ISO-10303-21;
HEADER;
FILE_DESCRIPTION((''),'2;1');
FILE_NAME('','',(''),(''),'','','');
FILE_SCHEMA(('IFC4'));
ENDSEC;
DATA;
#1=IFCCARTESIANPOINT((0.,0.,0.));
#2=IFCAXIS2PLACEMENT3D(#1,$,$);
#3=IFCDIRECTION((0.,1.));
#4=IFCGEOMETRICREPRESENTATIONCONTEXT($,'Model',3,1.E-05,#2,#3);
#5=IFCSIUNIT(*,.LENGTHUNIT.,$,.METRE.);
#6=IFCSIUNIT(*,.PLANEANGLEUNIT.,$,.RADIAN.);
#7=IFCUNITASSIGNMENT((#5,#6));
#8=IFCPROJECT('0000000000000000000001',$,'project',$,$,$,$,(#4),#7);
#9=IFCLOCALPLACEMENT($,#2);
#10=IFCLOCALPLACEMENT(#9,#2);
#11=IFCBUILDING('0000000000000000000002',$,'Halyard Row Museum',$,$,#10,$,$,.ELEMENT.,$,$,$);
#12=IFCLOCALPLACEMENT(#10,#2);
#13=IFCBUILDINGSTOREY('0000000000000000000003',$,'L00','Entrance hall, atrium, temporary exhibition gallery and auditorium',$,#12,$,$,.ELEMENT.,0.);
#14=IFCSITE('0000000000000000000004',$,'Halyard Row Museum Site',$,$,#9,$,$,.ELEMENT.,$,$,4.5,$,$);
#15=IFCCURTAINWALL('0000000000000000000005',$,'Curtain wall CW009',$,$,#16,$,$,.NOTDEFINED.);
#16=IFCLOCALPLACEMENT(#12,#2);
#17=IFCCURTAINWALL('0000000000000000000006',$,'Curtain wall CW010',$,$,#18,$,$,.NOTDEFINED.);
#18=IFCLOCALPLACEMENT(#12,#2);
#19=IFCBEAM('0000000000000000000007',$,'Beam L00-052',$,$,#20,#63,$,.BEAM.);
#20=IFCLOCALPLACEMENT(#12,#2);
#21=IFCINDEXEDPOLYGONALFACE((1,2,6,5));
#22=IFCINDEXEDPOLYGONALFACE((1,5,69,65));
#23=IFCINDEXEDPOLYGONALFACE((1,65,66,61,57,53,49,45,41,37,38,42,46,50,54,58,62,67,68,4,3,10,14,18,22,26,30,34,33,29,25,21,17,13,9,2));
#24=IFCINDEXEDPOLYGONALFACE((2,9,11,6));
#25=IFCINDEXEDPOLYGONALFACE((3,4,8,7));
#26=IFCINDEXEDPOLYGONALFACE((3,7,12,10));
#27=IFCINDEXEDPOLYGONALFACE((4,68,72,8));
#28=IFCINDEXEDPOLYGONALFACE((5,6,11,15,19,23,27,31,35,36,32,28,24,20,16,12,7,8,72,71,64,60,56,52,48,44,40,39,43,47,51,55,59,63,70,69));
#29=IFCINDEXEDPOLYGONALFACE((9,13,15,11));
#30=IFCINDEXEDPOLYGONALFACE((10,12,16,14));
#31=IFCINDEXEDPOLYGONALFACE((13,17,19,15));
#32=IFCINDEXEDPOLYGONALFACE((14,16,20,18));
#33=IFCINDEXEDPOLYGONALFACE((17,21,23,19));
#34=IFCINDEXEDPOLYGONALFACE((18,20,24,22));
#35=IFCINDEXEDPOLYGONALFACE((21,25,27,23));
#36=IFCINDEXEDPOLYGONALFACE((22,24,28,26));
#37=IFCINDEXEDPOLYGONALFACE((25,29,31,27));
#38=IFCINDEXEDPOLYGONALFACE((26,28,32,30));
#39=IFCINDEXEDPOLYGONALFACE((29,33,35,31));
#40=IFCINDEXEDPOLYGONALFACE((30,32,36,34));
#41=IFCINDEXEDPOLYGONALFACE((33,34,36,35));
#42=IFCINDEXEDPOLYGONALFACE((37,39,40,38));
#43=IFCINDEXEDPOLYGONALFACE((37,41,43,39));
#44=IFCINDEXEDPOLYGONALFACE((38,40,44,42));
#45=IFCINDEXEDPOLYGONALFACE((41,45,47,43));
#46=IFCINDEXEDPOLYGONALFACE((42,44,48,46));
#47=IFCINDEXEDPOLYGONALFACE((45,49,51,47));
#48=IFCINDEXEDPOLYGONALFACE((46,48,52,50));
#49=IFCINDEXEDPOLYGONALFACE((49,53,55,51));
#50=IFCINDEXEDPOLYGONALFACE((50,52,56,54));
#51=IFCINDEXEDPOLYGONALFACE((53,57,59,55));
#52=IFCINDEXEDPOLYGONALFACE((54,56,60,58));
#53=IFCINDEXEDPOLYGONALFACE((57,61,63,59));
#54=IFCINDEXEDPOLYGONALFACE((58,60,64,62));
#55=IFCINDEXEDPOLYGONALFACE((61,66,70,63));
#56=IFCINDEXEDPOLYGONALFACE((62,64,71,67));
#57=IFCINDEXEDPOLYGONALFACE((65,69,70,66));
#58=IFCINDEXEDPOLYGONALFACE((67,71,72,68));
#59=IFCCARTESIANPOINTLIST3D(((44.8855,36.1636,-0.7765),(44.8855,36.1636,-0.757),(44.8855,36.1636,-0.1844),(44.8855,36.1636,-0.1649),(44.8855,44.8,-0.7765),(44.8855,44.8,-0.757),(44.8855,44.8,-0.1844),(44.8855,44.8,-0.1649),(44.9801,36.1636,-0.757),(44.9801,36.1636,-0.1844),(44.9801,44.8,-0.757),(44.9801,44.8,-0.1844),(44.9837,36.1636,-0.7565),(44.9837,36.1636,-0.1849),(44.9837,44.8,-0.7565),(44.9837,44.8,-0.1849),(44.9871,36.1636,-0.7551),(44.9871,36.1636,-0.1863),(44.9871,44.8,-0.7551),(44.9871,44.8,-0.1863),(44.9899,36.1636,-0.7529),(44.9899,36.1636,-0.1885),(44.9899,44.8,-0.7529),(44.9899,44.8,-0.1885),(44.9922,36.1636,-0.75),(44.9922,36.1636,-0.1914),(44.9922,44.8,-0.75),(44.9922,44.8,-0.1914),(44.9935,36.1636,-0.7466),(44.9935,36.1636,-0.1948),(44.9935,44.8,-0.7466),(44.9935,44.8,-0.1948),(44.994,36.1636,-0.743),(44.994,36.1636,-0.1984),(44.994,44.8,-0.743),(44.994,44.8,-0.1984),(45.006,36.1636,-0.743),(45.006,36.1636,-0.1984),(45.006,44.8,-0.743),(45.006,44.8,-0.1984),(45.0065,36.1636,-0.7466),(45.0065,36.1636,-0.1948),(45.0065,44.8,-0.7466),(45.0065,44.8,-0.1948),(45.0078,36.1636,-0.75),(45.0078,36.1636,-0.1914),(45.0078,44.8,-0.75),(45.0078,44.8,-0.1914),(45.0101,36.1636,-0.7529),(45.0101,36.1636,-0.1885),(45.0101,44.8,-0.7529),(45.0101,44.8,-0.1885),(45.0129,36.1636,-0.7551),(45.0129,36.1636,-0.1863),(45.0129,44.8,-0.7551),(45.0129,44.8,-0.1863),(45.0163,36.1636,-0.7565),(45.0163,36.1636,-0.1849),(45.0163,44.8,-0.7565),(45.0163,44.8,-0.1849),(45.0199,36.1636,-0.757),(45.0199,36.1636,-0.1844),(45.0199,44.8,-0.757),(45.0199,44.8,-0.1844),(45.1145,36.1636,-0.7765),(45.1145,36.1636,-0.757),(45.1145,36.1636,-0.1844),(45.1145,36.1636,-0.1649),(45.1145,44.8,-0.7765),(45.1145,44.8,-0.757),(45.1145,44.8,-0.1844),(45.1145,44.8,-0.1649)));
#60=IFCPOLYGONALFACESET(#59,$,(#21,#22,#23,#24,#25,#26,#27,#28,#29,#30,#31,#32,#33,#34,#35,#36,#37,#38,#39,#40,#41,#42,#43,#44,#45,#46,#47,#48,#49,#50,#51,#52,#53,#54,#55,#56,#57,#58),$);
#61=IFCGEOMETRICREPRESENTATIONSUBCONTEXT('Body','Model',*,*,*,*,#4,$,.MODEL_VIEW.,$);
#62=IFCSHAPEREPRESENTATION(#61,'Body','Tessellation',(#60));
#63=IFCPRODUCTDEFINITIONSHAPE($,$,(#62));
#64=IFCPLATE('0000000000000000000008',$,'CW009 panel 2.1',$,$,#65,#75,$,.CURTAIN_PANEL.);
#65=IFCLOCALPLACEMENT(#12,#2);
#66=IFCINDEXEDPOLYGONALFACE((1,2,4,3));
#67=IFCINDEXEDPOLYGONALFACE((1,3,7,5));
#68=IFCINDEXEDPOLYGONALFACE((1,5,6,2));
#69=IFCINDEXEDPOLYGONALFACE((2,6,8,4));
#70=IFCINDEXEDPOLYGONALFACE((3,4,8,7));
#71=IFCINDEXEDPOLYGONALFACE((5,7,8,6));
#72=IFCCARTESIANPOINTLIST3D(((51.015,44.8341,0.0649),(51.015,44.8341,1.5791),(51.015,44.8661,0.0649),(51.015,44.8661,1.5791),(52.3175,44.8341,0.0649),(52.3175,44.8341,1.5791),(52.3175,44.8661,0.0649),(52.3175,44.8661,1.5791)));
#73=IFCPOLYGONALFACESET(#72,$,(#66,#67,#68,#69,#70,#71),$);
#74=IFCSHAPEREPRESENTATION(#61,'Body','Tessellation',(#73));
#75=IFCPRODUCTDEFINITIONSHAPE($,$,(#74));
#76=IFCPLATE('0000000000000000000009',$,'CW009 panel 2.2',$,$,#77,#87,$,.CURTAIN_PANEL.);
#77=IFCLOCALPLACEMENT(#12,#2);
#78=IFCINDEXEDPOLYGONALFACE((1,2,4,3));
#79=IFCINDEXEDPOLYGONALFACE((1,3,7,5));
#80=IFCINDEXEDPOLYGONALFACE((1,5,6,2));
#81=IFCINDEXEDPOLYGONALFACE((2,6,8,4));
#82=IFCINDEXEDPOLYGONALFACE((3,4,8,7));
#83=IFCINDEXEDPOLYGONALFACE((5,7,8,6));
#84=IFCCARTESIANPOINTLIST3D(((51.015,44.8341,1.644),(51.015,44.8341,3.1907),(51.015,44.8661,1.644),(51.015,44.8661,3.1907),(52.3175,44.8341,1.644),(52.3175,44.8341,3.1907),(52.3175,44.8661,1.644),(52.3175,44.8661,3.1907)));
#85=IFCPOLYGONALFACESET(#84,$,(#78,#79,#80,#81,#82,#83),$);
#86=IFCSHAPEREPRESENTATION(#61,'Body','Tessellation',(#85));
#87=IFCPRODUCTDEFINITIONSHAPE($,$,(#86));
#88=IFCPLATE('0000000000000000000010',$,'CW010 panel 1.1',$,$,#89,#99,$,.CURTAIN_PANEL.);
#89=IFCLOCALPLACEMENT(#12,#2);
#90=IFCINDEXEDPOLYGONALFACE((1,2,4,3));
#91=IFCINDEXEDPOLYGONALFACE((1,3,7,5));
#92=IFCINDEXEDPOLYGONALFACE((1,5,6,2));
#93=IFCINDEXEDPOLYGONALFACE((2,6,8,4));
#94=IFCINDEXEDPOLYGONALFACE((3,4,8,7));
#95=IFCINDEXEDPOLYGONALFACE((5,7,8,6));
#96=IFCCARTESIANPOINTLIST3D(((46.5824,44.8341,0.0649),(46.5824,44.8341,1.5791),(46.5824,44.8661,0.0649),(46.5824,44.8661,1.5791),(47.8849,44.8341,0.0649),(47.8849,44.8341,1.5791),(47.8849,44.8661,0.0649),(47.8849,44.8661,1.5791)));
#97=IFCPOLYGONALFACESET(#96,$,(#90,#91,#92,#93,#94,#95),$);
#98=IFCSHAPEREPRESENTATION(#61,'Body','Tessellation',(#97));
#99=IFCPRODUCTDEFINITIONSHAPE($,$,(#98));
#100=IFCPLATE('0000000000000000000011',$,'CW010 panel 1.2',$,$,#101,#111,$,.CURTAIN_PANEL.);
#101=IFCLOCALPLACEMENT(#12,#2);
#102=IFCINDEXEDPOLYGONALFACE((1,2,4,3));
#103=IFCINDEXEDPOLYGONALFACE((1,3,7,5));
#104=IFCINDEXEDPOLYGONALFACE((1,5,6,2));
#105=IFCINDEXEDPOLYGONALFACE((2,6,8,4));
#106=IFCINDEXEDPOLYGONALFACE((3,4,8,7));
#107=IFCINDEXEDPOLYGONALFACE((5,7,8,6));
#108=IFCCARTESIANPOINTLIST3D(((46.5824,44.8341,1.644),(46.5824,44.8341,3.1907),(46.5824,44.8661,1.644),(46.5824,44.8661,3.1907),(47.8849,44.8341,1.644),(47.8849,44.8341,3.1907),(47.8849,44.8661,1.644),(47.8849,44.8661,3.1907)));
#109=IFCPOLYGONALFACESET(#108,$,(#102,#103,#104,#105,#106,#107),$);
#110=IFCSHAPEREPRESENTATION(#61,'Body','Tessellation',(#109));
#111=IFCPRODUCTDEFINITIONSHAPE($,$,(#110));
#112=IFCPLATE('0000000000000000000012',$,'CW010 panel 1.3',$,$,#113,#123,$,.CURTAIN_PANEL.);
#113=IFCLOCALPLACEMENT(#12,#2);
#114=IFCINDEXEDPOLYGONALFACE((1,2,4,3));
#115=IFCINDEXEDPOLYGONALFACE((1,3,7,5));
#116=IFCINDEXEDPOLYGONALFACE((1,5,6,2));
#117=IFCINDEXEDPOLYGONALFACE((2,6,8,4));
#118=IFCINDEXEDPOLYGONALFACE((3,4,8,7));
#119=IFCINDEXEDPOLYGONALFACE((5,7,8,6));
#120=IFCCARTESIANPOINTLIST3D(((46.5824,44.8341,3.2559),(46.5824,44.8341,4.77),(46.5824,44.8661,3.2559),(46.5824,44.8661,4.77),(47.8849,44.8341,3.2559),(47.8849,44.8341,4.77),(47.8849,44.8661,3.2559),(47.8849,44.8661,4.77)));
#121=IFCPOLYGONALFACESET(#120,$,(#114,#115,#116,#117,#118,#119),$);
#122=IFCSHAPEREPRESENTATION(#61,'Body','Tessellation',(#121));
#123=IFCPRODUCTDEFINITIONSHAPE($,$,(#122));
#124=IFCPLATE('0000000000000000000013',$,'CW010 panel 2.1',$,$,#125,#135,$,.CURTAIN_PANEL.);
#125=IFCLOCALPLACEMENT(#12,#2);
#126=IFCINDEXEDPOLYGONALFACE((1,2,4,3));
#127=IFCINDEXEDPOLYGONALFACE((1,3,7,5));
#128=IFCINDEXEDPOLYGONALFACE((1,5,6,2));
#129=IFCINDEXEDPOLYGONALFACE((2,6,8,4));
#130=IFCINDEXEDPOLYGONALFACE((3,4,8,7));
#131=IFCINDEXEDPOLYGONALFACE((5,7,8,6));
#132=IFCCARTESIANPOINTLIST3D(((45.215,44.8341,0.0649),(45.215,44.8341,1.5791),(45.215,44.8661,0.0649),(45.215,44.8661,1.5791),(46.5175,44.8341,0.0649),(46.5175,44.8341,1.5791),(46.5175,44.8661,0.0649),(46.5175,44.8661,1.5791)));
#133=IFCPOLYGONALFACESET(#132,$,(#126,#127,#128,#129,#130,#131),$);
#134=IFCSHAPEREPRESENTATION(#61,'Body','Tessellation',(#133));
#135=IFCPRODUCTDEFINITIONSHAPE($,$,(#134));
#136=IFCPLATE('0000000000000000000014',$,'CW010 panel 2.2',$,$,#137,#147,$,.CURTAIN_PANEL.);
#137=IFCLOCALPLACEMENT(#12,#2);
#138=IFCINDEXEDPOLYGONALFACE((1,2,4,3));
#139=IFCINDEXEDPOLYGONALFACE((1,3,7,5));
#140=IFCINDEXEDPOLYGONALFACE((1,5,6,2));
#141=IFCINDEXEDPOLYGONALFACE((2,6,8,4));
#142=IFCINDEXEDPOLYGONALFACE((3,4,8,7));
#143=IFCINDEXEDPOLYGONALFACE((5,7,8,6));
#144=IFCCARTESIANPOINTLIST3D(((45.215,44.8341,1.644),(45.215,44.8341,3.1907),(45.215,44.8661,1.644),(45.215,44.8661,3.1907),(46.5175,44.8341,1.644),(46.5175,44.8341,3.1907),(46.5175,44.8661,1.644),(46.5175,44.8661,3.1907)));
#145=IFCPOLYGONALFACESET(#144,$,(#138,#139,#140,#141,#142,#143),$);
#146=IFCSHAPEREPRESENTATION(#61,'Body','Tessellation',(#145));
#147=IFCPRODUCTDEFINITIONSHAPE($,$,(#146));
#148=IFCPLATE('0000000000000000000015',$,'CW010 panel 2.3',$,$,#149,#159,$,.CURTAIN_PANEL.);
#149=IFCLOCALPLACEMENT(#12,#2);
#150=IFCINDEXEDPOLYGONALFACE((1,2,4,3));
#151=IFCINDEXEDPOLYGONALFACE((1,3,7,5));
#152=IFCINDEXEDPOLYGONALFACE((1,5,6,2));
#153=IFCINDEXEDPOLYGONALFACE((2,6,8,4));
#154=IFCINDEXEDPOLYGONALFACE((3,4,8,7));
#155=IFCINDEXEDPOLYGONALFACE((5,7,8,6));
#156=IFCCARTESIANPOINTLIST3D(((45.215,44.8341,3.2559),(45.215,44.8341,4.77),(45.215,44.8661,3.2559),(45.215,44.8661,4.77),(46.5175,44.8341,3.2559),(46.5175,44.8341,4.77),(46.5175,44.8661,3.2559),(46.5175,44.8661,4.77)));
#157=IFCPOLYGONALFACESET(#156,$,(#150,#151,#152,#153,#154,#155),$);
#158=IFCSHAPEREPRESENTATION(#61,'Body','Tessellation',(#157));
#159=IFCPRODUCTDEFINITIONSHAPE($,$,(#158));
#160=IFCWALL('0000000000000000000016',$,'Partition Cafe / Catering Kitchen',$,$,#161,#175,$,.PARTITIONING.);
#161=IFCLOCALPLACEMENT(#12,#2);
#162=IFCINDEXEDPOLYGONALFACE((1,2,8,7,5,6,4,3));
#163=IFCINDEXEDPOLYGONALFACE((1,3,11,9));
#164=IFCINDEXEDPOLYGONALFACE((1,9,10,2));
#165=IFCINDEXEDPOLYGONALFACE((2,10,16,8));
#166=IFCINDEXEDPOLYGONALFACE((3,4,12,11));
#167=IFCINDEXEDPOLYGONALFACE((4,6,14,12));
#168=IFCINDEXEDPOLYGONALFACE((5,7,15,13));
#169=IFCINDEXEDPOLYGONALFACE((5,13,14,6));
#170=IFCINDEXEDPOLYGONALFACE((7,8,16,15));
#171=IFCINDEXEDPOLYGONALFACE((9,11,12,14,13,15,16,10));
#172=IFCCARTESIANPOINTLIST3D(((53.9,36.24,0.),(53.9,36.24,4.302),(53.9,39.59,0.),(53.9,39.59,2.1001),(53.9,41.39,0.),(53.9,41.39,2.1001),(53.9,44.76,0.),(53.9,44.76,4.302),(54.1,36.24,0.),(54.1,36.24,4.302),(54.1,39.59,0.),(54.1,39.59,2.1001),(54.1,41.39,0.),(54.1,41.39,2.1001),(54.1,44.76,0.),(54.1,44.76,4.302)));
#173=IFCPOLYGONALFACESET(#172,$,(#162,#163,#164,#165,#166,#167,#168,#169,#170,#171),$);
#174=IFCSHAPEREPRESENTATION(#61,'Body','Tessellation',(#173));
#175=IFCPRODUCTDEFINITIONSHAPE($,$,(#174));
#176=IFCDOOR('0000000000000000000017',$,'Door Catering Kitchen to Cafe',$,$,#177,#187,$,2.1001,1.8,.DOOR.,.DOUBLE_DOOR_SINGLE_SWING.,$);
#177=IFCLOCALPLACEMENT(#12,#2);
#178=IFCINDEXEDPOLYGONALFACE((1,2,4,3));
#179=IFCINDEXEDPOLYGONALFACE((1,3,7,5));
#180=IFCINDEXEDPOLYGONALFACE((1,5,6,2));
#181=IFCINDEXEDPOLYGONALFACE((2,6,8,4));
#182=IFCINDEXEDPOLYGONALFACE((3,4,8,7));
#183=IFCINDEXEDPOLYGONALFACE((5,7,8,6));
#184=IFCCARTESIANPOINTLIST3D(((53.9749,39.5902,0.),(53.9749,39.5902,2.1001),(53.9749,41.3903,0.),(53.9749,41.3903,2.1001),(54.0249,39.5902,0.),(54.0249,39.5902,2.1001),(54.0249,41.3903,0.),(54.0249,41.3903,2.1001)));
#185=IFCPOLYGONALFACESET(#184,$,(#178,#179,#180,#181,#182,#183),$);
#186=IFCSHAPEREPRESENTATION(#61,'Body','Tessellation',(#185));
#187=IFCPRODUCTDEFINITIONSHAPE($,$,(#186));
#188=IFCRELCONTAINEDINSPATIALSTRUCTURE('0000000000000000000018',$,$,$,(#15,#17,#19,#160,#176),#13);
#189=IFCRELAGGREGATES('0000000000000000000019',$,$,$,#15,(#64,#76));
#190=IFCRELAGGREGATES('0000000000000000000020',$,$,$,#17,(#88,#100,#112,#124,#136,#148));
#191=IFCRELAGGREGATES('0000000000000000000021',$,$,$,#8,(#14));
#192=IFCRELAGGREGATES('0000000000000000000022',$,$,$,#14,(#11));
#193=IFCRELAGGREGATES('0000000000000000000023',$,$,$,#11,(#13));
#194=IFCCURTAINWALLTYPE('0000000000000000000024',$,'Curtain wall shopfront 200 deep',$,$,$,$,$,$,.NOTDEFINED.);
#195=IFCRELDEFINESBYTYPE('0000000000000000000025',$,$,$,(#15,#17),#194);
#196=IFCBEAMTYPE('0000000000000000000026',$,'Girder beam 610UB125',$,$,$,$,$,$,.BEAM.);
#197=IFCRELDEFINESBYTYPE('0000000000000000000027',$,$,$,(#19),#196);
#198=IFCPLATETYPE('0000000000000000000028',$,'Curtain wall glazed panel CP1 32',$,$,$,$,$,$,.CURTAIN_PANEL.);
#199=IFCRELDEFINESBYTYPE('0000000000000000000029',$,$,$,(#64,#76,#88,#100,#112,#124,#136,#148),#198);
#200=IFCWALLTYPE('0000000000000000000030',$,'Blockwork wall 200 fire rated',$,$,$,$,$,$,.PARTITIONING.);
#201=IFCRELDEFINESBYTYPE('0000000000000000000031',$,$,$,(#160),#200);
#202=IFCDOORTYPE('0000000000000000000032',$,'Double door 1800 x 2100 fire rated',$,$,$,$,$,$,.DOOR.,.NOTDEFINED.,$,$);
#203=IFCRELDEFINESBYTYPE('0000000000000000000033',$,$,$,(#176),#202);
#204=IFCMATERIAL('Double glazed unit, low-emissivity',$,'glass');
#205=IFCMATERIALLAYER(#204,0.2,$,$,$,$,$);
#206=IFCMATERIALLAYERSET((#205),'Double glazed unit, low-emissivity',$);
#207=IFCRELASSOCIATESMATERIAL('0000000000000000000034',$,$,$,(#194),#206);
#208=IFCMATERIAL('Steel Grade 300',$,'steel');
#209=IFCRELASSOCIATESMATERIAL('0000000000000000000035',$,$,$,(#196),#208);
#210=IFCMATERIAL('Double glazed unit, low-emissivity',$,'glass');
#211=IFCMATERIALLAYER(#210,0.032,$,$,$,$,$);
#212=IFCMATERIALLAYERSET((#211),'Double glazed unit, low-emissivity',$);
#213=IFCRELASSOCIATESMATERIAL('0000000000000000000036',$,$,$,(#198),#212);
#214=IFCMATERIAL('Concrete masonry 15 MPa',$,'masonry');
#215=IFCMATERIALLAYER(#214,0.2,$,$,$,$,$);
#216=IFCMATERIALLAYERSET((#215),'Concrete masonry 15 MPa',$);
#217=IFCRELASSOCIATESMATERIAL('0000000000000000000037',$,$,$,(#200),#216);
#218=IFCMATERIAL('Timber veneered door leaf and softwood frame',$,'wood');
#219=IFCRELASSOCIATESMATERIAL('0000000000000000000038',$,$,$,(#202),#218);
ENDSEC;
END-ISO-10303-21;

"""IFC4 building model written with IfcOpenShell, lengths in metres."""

from ifc_helpers import new_model, si_unit, direction, frame, frame_2d, origin, origin_2d, place, context, subcontext, project, spatial, rectangle, i_section, extrude, material, layer, layer_set, material_profile, profile_set, type_object, element, fill, aggregate, save


model = new_model("IFC4")

# Units and contexts
model_context = context("Model", 3, precision=1e-05, world=origin(), true_north=direction((0.0, 1.0)))
body_context = subcontext(model_context, "Body", "Model", "MODEL_VIEW")
ifc_project = project(units=[si_unit("LENGTHUNIT", "METRE"), si_unit("PLANEANGLEUNIT", "RADIAN")], contexts=[model_context])

# Site, building, storey
site_placement = place(None, origin())
site = spatial("IfcSite", under=ifc_project, at=site_placement, Name="Halyard Row Museum Site", CompositionType="ELEMENT", RefElevation=4.5)
building_placement = place(site_placement, origin())
building = spatial("IfcBuilding", under=site, at=building_placement, Name="Halyard Row Museum", CompositionType="ELEMENT")
storey_placement = place(building_placement, origin())
storey = spatial("IfcBuildingStorey", under=building, at=storey_placement, Name="L00", Description="Entrance hall, atrium, temporary exhibition gallery and auditorium", CompositionType="ELEMENT", Elevation=0.0)

# Curtain wall
ifc_material_1 = material(Name="Double glazed unit, low-emissivity", Category="glass")
ifc_layer_1 = layer(ifc_material_1, 0.2)
ifc_layer_set_1 = layer_set([ifc_layer_1], Name="Double glazed unit, low-emissivity")
curtain_wall_type = type_object("IfcCurtainWallType", Name="Curtain wall shopfront 200 deep", PredefinedType="NOTDEFINED", material=ifc_layer_set_1)
curtain_wall_1_placement = place(storey_placement, origin())
curtain_wall_1 = element("IfcCurtainWall", 1, at=curtain_wall_1_placement, inside=storey, type_object=curtain_wall_type, Name="Curtain wall CW009", PredefinedType="NOTDEFINED")

# Curtain wall
curtain_wall_2_placement = place(storey_placement, origin())
curtain_wall_2 = element("IfcCurtainWall", 2, at=curtain_wall_2_placement, inside=storey, type_object=curtain_wall_type, Name="Curtain wall CW010", PredefinedType="NOTDEFINED")

# Beam
ifc_material_2 = material(Name="Steel Grade 300", Category="steel")
ifc_material_profile_1 = material_profile(ifc_material_2, i_section(OverallWidth=0.229, OverallDepth=0.6116, WebThickness=0.012, FlangeThickness=0.0195, FilletRadius=0.0139, at=origin_2d()), Name="610UB125")
ifc_profile_set_1 = profile_set([ifc_material_profile_1], Name="Steel Grade 300")
beam_type = type_object("IfcBeamType", Name="Girder beam 610UB125", PredefinedType="BEAM", material=ifc_profile_set_1)
beam_placement = place(storey_placement, frame((45.0, 36.1636, -0.4707), z_axis=(0.0, 1.0, 0.0), x_axis=(-1.0, 0.0, 0.0)))
element("IfcBeam", 3, at=beam_placement, inside=storey, type_object=beam_type, Name="Beam L00-052", PredefinedType="BEAM", context=body_context, shape_type="SweptSolid", body=[
    extrude(i_section(OverallWidth=0.229, OverallDepth=0.6116, WebThickness=0.012, FlangeThickness=0.0195, FilletRadius=0.0139, at=origin_2d()), origin(), (0.0, 0.0, 1.0), 8.6365),
])

# Plates
ifc_material_3 = material(Name="Double glazed unit, low-emissivity", Category="glass")
ifc_layer_2 = layer(ifc_material_3, 0.032)
ifc_layer_set_2 = layer_set([ifc_layer_2], Name="Double glazed unit, low-emissivity")
plate_type = type_object("IfcPlateType", Name="Curtain wall glazed panel CP1 32", PredefinedType="CURTAIN_PANEL", material=ifc_layer_set_2)
plate_1_placement = place(storey_placement, frame((51.6663, 44.8501, 0.0649), z_axis=(0.0, 0.0, 1.0), x_axis=(-1.0, 0.0, 0.0)))
plate_1 = element("IfcPlate", 4, at=plate_1_placement, type_object=plate_type, Name="CW009 panel 2.1", PredefinedType="CURTAIN_PANEL", context=body_context, shape_type="SweptSolid", body=[
    extrude(rectangle(XDim=1.3025, YDim=0.032, at=origin_2d()), origin(), (0.0, 0.0, 1.0), 1.5142),
])
plate_2_placement = place(storey_placement, frame((51.6663, 44.8501, 1.644), z_axis=(0.0, 0.0, 1.0), x_axis=(-1.0, 0.0, 0.0)))
plate_2 = element("IfcPlate", 5, at=plate_2_placement, type_object=plate_type, Name="CW009 panel 2.2", PredefinedType="CURTAIN_PANEL", context=body_context, shape_type="SweptSolid", body=[
    extrude(rectangle(XDim=1.3025, YDim=0.032, at=origin_2d()), origin(), (0.0, 0.0, 1.0), 1.5466),
])
aggregate(curtain_wall_1, [plate_1, plate_2])
plate_3_placement = place(storey_placement, frame((47.2336, 44.8501, 0.0649), z_axis=(0.0, 0.0, 1.0), x_axis=(-1.0, 0.0, 0.0)))
plate_3 = element("IfcPlate", 6, at=plate_3_placement, type_object=plate_type, Name="CW010 panel 1.1", PredefinedType="CURTAIN_PANEL", context=body_context, shape_type="SweptSolid", body=[
    extrude(rectangle(XDim=1.3025, YDim=0.032, at=origin_2d()), origin(), (0.0, 0.0, 1.0), 1.5142),
])
plate_4_placement = place(storey_placement, frame((47.2336, 44.8501, 1.644), z_axis=(0.0, 0.0, 1.0), x_axis=(-1.0, 0.0, 0.0)))
plate_4 = element("IfcPlate", 7, at=plate_4_placement, type_object=plate_type, Name="CW010 panel 1.2", PredefinedType="CURTAIN_PANEL", context=body_context, shape_type="SweptSolid", body=[
    extrude(rectangle(XDim=1.3025, YDim=0.032, at=origin_2d()), origin(), (0.0, 0.0, 1.0), 1.5466),
])
plate_5_placement = place(storey_placement, frame((47.2336, 44.8501, 3.2559), z_axis=(0.0, 0.0, 1.0), x_axis=(-1.0, 0.0, 0.0)))
plate_5 = element("IfcPlate", 8, at=plate_5_placement, type_object=plate_type, Name="CW010 panel 1.3", PredefinedType="CURTAIN_PANEL", context=body_context, shape_type="SweptSolid", body=[
    extrude(rectangle(XDim=1.3025, YDim=0.032, at=origin_2d()), origin(), (0.0, 0.0, 1.0), 1.5142),
])
plate_6_placement = place(storey_placement, frame((45.8662, 44.8501, 0.0649), z_axis=(0.0, 0.0, 1.0), x_axis=(-1.0, 0.0, 0.0)))
plate_6 = element("IfcPlate", 9, at=plate_6_placement, type_object=plate_type, Name="CW010 panel 2.1", PredefinedType="CURTAIN_PANEL", context=body_context, shape_type="SweptSolid", body=[
    extrude(rectangle(XDim=1.3025, YDim=0.032, at=origin_2d()), origin(), (0.0, 0.0, 1.0), 1.5142),
])
plate_7_placement = place(storey_placement, frame((45.8662, 44.8501, 1.644), z_axis=(0.0, 0.0, 1.0), x_axis=(-1.0, 0.0, 0.0)))
plate_7 = element("IfcPlate", 10, at=plate_7_placement, type_object=plate_type, Name="CW010 panel 2.2", PredefinedType="CURTAIN_PANEL", context=body_context, shape_type="SweptSolid", body=[
    extrude(rectangle(XDim=1.3025, YDim=0.032, at=origin_2d()), origin(), (0.0, 0.0, 1.0), 1.5466),
])
plate_8_placement = place(storey_placement, frame((45.8662, 44.8501, 3.2559), z_axis=(0.0, 0.0, 1.0), x_axis=(-1.0, 0.0, 0.0)))
plate_8 = element("IfcPlate", 11, at=plate_8_placement, type_object=plate_type, Name="CW010 panel 2.3", PredefinedType="CURTAIN_PANEL", context=body_context, shape_type="SweptSolid", body=[
    extrude(rectangle(XDim=1.3025, YDim=0.032, at=origin_2d()), origin(), (0.0, 0.0, 1.0), 1.5142),
])
aggregate(curtain_wall_2, [plate_3, plate_4, plate_5, plate_6, plate_7, plate_8])

# Wall, opening, door
ifc_material_4 = material(Name="Concrete masonry 15 MPa", Category="masonry")
ifc_layer_3 = layer(ifc_material_4, 0.2)
ifc_layer_set_3 = layer_set([ifc_layer_3], Name="Concrete masonry 15 MPa")
wall_type_1 = type_object("IfcWallType", Name="Blockwork wall 200 fire rated", PredefinedType="PARTITIONING", material=ifc_layer_set_3)
wall_1_placement = place(storey_placement, frame((54.0, 36.24, 0.0), z_axis=(0.0, 0.0, 1.0), x_axis=(0.0, 1.0, 0.0)))
wall_1 = element("IfcWall", 12, at=wall_1_placement, inside=storey, type_object=wall_type_1, Name="Partition Cafe / Catering Kitchen", PredefinedType="PARTITIONING", context=body_context, shape_type="SweptSolid", body=[
    extrude(rectangle(XDim=8.52, YDim=0.2, at=frame_2d((4.26, 0.0))), origin(), (0.0, 0.0, 1.0), 4.302),
])
opening_1_placement = place(wall_1_placement, frame((3.3501, 0.0, 0.0)))
opening_1 = element("IfcOpeningElement", 13, at=opening_1_placement, cuts=wall_1, PredefinedType="OPENING", context=body_context, shape_type="SweptSolid", body=[
    extrude(rectangle(XDim=1.8, YDim=2.1001, at=frame_2d((0.8999, 1.05))), frame((0.0, 0.1099, 0.0), z_axis=(0.0, -1.0, 0.0), x_axis=(1.0, 0.0, 0.0)), (0.0, 0.0, 1.0), 0.22),
])
ifc_material_5 = material(Name="Timber veneered door leaf and softwood frame", Category="wood")
door_type_1 = type_object("IfcDoorType", Name="Double door 1800 x 2100 fire rated", OperationType="NOTDEFINED", PredefinedType="DOOR", material=ifc_material_5)
door_1_placement = place(opening_1_placement, frame((1.8, 0.0, 0.0), z_axis=(0.0, 0.0, 1.0), x_axis=(-1.0, 0.0, 0.0)))
door_1 = element("IfcDoor", 14, at=door_1_placement, inside=storey, type_object=door_type_1, Name="Door Catering Kitchen to Cafe", OperationType="DOUBLE_DOOR_SINGLE_SWING", OverallHeight=2.1001, OverallWidth=1.8, PredefinedType="DOOR", context=body_context, shape_type="SweptSolid", body=[
    extrude(rectangle(XDim=1.8, YDim=2.1001, at=frame_2d((0.8999, 1.05))), frame((0.0, 0.0249, 0.0), z_axis=(0.0, -1.0, 0.0), x_axis=(1.0, 0.0, 0.0)), (0.0, 0.0, 1.0), 0.05),
])
fill(opening_1, door_1)

save(model, "model.ifc")
